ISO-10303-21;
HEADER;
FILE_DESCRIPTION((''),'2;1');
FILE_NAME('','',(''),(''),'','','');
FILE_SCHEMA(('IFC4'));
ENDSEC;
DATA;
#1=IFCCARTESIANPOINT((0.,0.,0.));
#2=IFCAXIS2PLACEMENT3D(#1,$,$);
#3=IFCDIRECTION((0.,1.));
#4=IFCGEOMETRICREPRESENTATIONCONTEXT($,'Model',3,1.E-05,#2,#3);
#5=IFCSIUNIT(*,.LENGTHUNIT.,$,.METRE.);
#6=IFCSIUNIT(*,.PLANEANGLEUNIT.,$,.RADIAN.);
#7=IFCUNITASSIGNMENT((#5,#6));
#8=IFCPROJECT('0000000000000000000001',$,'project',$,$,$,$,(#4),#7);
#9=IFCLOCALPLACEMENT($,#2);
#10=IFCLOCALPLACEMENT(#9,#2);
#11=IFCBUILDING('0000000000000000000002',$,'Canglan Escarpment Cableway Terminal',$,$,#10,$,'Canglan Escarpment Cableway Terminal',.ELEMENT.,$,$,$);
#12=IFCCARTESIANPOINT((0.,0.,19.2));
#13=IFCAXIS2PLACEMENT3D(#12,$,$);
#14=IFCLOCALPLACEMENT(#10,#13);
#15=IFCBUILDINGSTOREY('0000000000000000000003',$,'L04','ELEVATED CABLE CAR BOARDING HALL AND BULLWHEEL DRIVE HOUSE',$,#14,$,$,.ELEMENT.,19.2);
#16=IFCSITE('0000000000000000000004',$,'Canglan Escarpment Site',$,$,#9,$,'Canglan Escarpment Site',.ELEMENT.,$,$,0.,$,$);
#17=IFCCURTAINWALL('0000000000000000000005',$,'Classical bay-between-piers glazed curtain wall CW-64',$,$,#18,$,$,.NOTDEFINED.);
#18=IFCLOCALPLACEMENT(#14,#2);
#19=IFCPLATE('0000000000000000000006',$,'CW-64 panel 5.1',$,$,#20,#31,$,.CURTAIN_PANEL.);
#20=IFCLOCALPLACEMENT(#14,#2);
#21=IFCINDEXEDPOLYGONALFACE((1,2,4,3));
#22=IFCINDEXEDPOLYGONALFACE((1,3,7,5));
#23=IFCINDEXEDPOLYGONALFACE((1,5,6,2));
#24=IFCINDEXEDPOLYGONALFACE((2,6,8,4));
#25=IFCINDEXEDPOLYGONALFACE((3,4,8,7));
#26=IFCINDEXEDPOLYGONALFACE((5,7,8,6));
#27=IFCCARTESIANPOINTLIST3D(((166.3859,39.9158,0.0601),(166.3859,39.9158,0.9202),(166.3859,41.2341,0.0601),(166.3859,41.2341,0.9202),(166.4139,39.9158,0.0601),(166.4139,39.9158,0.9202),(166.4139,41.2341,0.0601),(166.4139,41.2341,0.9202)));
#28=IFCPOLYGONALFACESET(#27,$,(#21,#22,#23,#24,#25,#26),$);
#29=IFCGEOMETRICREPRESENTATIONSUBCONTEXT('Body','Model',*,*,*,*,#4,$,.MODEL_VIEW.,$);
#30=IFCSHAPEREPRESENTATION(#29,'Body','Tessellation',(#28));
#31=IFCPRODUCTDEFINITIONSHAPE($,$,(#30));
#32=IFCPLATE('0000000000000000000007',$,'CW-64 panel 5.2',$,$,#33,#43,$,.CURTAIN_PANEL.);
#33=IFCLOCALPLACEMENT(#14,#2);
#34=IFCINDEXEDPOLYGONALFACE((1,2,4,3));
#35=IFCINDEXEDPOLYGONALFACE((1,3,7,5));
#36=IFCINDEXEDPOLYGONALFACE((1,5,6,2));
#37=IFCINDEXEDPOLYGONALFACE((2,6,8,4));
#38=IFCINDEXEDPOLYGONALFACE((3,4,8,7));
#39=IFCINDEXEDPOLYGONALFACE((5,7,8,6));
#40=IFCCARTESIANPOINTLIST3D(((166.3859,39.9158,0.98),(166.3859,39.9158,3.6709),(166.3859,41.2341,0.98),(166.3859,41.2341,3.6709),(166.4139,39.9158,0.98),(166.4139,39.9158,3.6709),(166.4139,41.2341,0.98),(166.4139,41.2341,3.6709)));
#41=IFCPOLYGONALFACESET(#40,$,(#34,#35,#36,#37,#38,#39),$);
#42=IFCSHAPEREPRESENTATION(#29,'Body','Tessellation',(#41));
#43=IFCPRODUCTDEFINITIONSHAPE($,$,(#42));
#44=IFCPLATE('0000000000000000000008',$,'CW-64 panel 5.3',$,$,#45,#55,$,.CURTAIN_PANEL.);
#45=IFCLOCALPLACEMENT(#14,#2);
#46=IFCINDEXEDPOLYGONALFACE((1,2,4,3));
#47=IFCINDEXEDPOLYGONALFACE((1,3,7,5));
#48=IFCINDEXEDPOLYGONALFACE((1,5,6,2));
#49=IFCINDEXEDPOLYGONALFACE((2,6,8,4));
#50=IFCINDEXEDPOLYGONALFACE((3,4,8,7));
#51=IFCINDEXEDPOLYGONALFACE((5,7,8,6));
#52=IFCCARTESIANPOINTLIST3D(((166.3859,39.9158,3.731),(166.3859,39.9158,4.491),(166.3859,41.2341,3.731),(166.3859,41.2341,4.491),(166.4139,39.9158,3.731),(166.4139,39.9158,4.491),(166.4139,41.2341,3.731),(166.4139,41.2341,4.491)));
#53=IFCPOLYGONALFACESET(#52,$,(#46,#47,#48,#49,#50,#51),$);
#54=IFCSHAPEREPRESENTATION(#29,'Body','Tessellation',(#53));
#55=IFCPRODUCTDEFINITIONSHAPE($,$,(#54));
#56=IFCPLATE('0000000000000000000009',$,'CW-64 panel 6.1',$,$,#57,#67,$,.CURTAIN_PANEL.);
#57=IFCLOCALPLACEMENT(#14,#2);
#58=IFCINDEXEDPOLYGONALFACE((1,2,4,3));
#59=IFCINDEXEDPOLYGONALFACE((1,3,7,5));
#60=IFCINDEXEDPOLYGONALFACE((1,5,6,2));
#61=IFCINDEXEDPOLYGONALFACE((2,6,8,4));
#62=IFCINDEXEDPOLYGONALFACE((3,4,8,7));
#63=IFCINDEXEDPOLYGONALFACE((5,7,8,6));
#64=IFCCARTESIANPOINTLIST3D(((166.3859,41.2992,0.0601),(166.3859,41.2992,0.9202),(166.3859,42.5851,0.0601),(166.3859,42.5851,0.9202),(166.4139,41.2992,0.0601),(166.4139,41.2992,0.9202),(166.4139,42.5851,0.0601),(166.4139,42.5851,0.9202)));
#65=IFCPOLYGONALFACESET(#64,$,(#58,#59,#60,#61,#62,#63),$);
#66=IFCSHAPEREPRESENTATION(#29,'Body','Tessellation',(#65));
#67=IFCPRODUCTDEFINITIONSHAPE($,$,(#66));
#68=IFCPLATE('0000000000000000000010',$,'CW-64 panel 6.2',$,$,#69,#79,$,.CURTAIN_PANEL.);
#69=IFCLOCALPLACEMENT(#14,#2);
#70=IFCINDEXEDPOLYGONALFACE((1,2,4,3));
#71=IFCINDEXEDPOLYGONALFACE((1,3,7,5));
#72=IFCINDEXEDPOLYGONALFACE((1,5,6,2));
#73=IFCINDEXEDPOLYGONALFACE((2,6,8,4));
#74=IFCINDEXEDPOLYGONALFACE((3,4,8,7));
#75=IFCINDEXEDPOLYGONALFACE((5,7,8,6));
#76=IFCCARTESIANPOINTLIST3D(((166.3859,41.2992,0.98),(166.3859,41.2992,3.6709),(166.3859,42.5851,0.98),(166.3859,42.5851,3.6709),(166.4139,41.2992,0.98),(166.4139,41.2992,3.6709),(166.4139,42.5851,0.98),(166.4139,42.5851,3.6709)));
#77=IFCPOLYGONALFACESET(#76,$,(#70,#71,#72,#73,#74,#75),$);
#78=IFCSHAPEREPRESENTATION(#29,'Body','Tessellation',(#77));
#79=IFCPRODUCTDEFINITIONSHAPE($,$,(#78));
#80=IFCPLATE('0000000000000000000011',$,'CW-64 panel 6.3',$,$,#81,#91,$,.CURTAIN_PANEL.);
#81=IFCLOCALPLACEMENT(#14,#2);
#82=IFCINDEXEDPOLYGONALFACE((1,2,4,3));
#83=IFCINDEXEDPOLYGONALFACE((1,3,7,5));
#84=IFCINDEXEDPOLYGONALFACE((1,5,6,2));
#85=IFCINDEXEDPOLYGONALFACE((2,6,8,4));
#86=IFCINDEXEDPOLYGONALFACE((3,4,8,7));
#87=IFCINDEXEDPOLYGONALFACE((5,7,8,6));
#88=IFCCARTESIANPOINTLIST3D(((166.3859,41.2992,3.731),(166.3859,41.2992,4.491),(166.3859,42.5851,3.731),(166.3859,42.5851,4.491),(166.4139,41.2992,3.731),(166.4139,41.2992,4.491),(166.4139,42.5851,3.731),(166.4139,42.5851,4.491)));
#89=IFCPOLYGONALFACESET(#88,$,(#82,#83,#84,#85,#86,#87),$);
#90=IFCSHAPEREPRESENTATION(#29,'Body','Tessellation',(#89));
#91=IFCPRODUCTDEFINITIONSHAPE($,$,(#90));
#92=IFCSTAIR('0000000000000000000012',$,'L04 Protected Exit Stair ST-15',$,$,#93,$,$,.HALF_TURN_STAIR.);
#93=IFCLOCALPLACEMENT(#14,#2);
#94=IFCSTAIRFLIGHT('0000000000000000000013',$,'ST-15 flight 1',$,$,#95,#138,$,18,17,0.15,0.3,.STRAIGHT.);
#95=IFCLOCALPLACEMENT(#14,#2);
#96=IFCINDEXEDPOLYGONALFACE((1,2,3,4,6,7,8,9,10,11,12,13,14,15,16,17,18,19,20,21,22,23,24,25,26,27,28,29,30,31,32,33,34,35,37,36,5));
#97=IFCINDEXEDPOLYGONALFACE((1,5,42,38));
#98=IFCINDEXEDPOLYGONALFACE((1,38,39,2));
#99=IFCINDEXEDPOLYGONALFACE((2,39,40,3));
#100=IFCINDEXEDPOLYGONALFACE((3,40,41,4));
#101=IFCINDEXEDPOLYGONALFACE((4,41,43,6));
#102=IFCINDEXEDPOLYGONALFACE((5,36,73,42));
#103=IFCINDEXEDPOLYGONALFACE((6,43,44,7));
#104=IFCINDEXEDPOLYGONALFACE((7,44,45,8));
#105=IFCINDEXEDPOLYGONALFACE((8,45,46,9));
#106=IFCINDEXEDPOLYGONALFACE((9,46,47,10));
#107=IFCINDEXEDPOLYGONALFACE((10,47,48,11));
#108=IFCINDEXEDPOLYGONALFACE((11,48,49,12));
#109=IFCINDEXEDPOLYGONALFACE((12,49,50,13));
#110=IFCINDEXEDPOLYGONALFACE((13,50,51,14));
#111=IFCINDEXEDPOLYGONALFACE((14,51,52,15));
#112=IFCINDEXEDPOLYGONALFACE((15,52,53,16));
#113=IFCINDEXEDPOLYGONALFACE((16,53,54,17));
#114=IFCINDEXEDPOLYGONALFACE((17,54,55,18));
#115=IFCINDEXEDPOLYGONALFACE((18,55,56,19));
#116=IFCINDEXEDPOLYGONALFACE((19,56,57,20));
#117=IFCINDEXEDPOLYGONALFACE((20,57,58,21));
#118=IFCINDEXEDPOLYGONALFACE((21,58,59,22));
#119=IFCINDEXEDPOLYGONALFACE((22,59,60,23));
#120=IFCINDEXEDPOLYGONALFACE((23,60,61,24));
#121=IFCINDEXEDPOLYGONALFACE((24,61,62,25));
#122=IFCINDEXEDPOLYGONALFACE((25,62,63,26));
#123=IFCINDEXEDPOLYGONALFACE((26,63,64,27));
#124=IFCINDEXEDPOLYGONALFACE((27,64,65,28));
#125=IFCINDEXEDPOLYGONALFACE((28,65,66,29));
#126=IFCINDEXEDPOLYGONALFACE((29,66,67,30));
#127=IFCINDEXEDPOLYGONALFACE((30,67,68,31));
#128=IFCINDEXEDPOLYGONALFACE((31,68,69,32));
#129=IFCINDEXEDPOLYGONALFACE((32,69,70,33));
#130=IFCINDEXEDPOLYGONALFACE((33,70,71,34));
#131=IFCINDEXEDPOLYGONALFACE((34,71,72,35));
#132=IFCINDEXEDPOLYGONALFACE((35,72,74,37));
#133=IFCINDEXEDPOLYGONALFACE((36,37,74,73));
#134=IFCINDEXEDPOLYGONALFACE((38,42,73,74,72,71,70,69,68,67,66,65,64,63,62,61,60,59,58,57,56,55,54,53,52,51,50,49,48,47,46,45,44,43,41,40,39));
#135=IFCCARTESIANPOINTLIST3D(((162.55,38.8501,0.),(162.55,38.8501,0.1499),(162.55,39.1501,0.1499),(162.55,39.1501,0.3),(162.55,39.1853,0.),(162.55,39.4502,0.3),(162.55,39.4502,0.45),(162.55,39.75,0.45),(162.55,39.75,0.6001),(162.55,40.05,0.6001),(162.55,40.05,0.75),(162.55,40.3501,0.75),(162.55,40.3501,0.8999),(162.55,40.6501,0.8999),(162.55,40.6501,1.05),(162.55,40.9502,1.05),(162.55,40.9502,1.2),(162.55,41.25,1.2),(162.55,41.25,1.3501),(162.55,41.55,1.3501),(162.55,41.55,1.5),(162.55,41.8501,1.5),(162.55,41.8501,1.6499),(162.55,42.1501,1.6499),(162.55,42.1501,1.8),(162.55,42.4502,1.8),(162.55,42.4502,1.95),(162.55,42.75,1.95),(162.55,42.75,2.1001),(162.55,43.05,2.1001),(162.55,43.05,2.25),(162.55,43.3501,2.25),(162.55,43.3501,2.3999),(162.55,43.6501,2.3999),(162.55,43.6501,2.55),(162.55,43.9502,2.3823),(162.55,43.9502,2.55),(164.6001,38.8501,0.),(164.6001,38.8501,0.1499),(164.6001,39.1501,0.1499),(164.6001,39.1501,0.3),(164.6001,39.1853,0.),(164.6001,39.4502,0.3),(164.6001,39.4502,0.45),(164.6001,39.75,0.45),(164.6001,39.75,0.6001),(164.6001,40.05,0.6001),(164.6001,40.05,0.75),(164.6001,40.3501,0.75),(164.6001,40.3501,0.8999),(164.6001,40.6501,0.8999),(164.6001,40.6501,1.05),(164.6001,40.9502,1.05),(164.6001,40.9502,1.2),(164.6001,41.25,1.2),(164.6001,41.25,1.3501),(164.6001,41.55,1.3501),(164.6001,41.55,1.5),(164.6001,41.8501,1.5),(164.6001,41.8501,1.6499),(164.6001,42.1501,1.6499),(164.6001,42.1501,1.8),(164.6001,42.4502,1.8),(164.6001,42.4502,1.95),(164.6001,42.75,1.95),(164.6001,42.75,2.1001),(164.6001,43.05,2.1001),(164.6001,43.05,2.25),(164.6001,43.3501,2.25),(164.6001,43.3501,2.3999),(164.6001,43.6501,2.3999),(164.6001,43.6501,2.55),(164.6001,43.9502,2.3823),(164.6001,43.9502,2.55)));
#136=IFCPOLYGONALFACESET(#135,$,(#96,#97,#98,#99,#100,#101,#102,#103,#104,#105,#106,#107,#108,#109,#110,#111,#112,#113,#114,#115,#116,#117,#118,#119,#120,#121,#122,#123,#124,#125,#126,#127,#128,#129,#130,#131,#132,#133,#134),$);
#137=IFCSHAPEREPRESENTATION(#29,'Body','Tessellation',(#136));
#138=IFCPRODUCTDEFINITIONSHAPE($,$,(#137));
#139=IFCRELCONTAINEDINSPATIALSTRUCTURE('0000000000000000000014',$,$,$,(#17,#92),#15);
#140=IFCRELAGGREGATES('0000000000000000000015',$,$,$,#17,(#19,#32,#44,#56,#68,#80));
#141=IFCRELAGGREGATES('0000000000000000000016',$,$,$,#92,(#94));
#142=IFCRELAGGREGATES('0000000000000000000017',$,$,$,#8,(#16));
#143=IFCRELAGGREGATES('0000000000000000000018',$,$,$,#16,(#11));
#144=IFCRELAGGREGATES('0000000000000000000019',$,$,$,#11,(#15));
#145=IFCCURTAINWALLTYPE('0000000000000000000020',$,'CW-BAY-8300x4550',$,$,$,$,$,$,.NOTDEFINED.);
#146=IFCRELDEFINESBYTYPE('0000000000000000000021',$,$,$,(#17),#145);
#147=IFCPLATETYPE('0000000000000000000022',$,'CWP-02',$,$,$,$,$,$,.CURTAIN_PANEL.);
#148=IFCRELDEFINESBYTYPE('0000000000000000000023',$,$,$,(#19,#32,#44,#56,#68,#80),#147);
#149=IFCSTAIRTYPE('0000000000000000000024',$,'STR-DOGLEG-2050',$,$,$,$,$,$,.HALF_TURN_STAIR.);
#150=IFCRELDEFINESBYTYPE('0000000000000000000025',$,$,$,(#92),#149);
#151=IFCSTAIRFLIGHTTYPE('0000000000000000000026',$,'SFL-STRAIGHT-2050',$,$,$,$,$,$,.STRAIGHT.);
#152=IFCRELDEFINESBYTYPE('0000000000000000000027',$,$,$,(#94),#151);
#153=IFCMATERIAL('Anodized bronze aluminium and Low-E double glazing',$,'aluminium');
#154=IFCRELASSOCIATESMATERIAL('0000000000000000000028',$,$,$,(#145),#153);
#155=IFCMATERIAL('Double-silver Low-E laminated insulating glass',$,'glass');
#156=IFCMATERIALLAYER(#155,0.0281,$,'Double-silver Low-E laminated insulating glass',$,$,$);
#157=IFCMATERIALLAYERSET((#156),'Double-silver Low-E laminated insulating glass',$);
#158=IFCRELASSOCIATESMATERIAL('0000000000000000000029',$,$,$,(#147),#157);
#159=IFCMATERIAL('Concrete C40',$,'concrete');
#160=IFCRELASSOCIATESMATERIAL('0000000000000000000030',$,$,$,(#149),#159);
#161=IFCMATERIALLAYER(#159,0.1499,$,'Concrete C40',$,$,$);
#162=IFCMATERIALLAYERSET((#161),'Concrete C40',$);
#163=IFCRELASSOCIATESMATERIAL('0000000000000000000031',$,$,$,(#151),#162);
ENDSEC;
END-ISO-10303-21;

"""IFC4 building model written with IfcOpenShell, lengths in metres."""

from ifc_helpers import new_model, si_unit, direction, frame, origin, origin_2d, place, context, subcontext, project, spatial, polyline, rectangle, outline, extrude, material, layer, layer_set, type_object, element, aggregate, save


model = new_model("IFC4")

# Units and contexts
model_context = context("Model", 3, precision=1e-05, world=origin(), true_north=direction((0.0, 1.0)))
body_context = subcontext(model_context, "Body", "Model", "MODEL_VIEW")
ifc_project = project(units=[si_unit("LENGTHUNIT", "METRE"), si_unit("PLANEANGLEUNIT", "RADIAN")], contexts=[model_context])

# Site, building, storey
site_placement = place(None, origin())
site = spatial("IfcSite", under=ifc_project, at=site_placement, Name="Canglan Escarpment Site", LongName="Canglan Escarpment Site", CompositionType="ELEMENT", RefElevation=0.0)
building_placement = place(site_placement, origin())
building = spatial("IfcBuilding", under=site, at=building_placement, Name="Canglan Escarpment Cableway Terminal", LongName="Canglan Escarpment Cableway Terminal", CompositionType="ELEMENT")
storey_placement = place(building_placement, frame((0.0, 0.0, 19.2)))
storey = spatial("IfcBuildingStorey", under=building, at=storey_placement, Name="L04", Description="ELEVATED CABLE CAR BOARDING HALL AND BULLWHEEL DRIVE HOUSE", CompositionType="ELEMENT", Elevation=19.2)

# Shared definitions
ifc_material_1 = material(Name="Concrete C40", Category="concrete")

# Curtain wall
ifc_material_2 = material(Name="Anodized bronze aluminium and Low-E double glazing", Category="aluminium")
curtain_wall_type = type_object("IfcCurtainWallType", Name="CW-BAY-8300x4550", PredefinedType="NOTDEFINED", material=ifc_material_2)
curtain_wall_1_placement = place(storey_placement, origin())
curtain_wall_1 = element("IfcCurtainWall", 1, at=curtain_wall_1_placement, inside=storey, type_object=curtain_wall_type, Name="Classical bay-between-piers glazed curtain wall CW-64", PredefinedType="NOTDEFINED")

# Plates
ifc_material_3 = material(Name="Double-silver Low-E laminated insulating glass", Category="glass")
ifc_layer_1 = layer(ifc_material_3, 0.0281, Name="Double-silver Low-E laminated insulating glass")
ifc_layer_set_1 = layer_set([ifc_layer_1], Name="Double-silver Low-E laminated insulating glass")
plate_type = type_object("IfcPlateType", Name="CWP-02", PredefinedType="CURTAIN_PANEL", material=ifc_layer_set_1)
plate_1_placement = place(storey_placement, frame((166.3999, 40.575, 0.0601), z_axis=(0.0, 0.0, 1.0), x_axis=(0.0, 1.0, 0.0)))
plate_1 = element("IfcPlate", 2, at=plate_1_placement, type_object=plate_type, Name="CW-64 panel 5.1", PredefinedType="CURTAIN_PANEL", context=body_context, shape_type="SweptSolid", body=[
    extrude(rectangle(XDim=1.3184, YDim=0.0281, at=origin_2d()), origin(), (0.0, 0.0, 1.0), 0.8601),
])
plate_2_placement = place(storey_placement, frame((166.3999, 40.575, 0.98), z_axis=(0.0, 0.0, 1.0), x_axis=(0.0, 1.0, 0.0)))
plate_2 = element("IfcPlate", 3, at=plate_2_placement, type_object=plate_type, Name="CW-64 panel 5.2", PredefinedType="CURTAIN_PANEL", context=body_context, shape_type="SweptSolid", body=[
    extrude(rectangle(XDim=1.3184, YDim=0.0281, at=origin_2d()), origin(), (0.0, 0.0, 1.0), 2.6909),
])
plate_3_placement = place(storey_placement, frame((166.3999, 40.575, 3.731), z_axis=(0.0, 0.0, 1.0), x_axis=(0.0, 1.0, 0.0)))
plate_3 = element("IfcPlate", 4, at=plate_3_placement, type_object=plate_type, Name="CW-64 panel 5.3", PredefinedType="CURTAIN_PANEL", context=body_context, shape_type="SweptSolid", body=[
    extrude(rectangle(XDim=1.3184, YDim=0.0281, at=origin_2d()), origin(), (0.0, 0.0, 1.0), 0.76),
])
plate_4_placement = place(storey_placement, frame((166.3999, 41.9421, 0.0601), z_axis=(0.0, 0.0, 1.0), x_axis=(0.0, 1.0, 0.0)))
plate_4 = element("IfcPlate", 5, at=plate_4_placement, type_object=plate_type, Name="CW-64 panel 6.1", PredefinedType="CURTAIN_PANEL", context=body_context, shape_type="SweptSolid", body=[
    extrude(rectangle(XDim=1.2859, YDim=0.0281, at=origin_2d()), origin(), (0.0, 0.0, 1.0), 0.8601),
])
plate_5_placement = place(storey_placement, frame((166.3999, 41.9421, 0.98), z_axis=(0.0, 0.0, 1.0), x_axis=(0.0, 1.0, 0.0)))
plate_5 = element("IfcPlate", 6, at=plate_5_placement, type_object=plate_type, Name="CW-64 panel 6.2", PredefinedType="CURTAIN_PANEL", context=body_context, shape_type="SweptSolid", body=[
    extrude(rectangle(XDim=1.2859, YDim=0.0281, at=origin_2d()), origin(), (0.0, 0.0, 1.0), 2.6909),
])
plate_6_placement = place(storey_placement, frame((166.3999, 41.9421, 3.731), z_axis=(0.0, 0.0, 1.0), x_axis=(0.0, 1.0, 0.0)))
plate_6 = element("IfcPlate", 7, at=plate_6_placement, type_object=plate_type, Name="CW-64 panel 6.3", PredefinedType="CURTAIN_PANEL", context=body_context, shape_type="SweptSolid", body=[
    extrude(rectangle(XDim=1.2859, YDim=0.0281, at=origin_2d()), origin(), (0.0, 0.0, 1.0), 0.76),
])
aggregate(curtain_wall_1, [plate_1, plate_2, plate_3, plate_4, plate_5, plate_6])

# Stair, stair flight
stair_type = type_object("IfcStairType", Name="STR-DOGLEG-2050", PredefinedType="HALF_TURN_STAIR", material=ifc_material_1)
stair_placement = place(storey_placement, origin())
stair = element("IfcStair", 8, at=stair_placement, inside=storey, type_object=stair_type, Name="L04 Protected Exit Stair ST-15", PredefinedType="HALF_TURN_STAIR")
ifc_layer_2 = layer(ifc_material_1, 0.1499, Name="Concrete C40")
ifc_layer_set_2 = layer_set([ifc_layer_2], Name="Concrete C40")
stair_flight_type = type_object("IfcStairFlightType", Name="SFL-STRAIGHT-2050", PredefinedType="STRAIGHT", material=ifc_layer_set_2)
stair_flight_placement = place(storey_placement, frame((163.575, 38.8501, 0.0), z_axis=(0.0, 0.0, 1.0), x_axis=(0.0, 1.0, 0.0)))
stair_flight = element("IfcStairFlight", 9, at=stair_flight_placement, type_object=stair_flight_type, Name="ST-15 flight 1", NumberOfRisers=18, NumberOfTreads=17, PredefinedType="STRAIGHT", RiserHeight=0.15, TreadLength=0.3, context=body_context, shape_type="SweptSolid", body=[
    extrude(outline(polyline([(0.0, 0.0), (0.0, 0.1499), (0.3, 0.1499), (0.3, 0.3), (0.6001, 0.3), (0.6001, 0.45), (0.8999, 0.45), (0.8999, 0.6001), (1.2, 0.6001), (1.2, 0.75), (1.5, 0.75), (1.5, 0.8999), (1.8, 0.8999), (1.8, 1.05), (2.1001, 1.05), (2.1001, 1.2), (2.3999, 1.2), (2.3999, 1.3501), (2.7, 1.3501), (2.7, 1.5), (3.0, 1.5), (3.0, 1.6499), (3.3, 1.6499), (3.3, 1.8), (3.6001, 1.8), (3.6001, 1.95), (3.8999, 1.95), (3.8999, 2.1001), (4.2, 2.1001), (4.2, 2.25), (4.5, 2.25), (4.5, 2.3999), (4.8, 2.3999), (4.8, 2.55), (5.1001, 2.55), (5.1001, 2.7), (5.1001, 2.3823), (0.3352, 0.0), (0.0, 0.0)])), frame((0.0, 1.0249, 0.0), z_axis=(0.0, -1.0, 0.0), x_axis=(1.0, 0.0, 0.0)), (0.0, 0.0, 1.0), 2.05),
])
aggregate(stair, [stair_flight])

save(model, "model.ifc")
